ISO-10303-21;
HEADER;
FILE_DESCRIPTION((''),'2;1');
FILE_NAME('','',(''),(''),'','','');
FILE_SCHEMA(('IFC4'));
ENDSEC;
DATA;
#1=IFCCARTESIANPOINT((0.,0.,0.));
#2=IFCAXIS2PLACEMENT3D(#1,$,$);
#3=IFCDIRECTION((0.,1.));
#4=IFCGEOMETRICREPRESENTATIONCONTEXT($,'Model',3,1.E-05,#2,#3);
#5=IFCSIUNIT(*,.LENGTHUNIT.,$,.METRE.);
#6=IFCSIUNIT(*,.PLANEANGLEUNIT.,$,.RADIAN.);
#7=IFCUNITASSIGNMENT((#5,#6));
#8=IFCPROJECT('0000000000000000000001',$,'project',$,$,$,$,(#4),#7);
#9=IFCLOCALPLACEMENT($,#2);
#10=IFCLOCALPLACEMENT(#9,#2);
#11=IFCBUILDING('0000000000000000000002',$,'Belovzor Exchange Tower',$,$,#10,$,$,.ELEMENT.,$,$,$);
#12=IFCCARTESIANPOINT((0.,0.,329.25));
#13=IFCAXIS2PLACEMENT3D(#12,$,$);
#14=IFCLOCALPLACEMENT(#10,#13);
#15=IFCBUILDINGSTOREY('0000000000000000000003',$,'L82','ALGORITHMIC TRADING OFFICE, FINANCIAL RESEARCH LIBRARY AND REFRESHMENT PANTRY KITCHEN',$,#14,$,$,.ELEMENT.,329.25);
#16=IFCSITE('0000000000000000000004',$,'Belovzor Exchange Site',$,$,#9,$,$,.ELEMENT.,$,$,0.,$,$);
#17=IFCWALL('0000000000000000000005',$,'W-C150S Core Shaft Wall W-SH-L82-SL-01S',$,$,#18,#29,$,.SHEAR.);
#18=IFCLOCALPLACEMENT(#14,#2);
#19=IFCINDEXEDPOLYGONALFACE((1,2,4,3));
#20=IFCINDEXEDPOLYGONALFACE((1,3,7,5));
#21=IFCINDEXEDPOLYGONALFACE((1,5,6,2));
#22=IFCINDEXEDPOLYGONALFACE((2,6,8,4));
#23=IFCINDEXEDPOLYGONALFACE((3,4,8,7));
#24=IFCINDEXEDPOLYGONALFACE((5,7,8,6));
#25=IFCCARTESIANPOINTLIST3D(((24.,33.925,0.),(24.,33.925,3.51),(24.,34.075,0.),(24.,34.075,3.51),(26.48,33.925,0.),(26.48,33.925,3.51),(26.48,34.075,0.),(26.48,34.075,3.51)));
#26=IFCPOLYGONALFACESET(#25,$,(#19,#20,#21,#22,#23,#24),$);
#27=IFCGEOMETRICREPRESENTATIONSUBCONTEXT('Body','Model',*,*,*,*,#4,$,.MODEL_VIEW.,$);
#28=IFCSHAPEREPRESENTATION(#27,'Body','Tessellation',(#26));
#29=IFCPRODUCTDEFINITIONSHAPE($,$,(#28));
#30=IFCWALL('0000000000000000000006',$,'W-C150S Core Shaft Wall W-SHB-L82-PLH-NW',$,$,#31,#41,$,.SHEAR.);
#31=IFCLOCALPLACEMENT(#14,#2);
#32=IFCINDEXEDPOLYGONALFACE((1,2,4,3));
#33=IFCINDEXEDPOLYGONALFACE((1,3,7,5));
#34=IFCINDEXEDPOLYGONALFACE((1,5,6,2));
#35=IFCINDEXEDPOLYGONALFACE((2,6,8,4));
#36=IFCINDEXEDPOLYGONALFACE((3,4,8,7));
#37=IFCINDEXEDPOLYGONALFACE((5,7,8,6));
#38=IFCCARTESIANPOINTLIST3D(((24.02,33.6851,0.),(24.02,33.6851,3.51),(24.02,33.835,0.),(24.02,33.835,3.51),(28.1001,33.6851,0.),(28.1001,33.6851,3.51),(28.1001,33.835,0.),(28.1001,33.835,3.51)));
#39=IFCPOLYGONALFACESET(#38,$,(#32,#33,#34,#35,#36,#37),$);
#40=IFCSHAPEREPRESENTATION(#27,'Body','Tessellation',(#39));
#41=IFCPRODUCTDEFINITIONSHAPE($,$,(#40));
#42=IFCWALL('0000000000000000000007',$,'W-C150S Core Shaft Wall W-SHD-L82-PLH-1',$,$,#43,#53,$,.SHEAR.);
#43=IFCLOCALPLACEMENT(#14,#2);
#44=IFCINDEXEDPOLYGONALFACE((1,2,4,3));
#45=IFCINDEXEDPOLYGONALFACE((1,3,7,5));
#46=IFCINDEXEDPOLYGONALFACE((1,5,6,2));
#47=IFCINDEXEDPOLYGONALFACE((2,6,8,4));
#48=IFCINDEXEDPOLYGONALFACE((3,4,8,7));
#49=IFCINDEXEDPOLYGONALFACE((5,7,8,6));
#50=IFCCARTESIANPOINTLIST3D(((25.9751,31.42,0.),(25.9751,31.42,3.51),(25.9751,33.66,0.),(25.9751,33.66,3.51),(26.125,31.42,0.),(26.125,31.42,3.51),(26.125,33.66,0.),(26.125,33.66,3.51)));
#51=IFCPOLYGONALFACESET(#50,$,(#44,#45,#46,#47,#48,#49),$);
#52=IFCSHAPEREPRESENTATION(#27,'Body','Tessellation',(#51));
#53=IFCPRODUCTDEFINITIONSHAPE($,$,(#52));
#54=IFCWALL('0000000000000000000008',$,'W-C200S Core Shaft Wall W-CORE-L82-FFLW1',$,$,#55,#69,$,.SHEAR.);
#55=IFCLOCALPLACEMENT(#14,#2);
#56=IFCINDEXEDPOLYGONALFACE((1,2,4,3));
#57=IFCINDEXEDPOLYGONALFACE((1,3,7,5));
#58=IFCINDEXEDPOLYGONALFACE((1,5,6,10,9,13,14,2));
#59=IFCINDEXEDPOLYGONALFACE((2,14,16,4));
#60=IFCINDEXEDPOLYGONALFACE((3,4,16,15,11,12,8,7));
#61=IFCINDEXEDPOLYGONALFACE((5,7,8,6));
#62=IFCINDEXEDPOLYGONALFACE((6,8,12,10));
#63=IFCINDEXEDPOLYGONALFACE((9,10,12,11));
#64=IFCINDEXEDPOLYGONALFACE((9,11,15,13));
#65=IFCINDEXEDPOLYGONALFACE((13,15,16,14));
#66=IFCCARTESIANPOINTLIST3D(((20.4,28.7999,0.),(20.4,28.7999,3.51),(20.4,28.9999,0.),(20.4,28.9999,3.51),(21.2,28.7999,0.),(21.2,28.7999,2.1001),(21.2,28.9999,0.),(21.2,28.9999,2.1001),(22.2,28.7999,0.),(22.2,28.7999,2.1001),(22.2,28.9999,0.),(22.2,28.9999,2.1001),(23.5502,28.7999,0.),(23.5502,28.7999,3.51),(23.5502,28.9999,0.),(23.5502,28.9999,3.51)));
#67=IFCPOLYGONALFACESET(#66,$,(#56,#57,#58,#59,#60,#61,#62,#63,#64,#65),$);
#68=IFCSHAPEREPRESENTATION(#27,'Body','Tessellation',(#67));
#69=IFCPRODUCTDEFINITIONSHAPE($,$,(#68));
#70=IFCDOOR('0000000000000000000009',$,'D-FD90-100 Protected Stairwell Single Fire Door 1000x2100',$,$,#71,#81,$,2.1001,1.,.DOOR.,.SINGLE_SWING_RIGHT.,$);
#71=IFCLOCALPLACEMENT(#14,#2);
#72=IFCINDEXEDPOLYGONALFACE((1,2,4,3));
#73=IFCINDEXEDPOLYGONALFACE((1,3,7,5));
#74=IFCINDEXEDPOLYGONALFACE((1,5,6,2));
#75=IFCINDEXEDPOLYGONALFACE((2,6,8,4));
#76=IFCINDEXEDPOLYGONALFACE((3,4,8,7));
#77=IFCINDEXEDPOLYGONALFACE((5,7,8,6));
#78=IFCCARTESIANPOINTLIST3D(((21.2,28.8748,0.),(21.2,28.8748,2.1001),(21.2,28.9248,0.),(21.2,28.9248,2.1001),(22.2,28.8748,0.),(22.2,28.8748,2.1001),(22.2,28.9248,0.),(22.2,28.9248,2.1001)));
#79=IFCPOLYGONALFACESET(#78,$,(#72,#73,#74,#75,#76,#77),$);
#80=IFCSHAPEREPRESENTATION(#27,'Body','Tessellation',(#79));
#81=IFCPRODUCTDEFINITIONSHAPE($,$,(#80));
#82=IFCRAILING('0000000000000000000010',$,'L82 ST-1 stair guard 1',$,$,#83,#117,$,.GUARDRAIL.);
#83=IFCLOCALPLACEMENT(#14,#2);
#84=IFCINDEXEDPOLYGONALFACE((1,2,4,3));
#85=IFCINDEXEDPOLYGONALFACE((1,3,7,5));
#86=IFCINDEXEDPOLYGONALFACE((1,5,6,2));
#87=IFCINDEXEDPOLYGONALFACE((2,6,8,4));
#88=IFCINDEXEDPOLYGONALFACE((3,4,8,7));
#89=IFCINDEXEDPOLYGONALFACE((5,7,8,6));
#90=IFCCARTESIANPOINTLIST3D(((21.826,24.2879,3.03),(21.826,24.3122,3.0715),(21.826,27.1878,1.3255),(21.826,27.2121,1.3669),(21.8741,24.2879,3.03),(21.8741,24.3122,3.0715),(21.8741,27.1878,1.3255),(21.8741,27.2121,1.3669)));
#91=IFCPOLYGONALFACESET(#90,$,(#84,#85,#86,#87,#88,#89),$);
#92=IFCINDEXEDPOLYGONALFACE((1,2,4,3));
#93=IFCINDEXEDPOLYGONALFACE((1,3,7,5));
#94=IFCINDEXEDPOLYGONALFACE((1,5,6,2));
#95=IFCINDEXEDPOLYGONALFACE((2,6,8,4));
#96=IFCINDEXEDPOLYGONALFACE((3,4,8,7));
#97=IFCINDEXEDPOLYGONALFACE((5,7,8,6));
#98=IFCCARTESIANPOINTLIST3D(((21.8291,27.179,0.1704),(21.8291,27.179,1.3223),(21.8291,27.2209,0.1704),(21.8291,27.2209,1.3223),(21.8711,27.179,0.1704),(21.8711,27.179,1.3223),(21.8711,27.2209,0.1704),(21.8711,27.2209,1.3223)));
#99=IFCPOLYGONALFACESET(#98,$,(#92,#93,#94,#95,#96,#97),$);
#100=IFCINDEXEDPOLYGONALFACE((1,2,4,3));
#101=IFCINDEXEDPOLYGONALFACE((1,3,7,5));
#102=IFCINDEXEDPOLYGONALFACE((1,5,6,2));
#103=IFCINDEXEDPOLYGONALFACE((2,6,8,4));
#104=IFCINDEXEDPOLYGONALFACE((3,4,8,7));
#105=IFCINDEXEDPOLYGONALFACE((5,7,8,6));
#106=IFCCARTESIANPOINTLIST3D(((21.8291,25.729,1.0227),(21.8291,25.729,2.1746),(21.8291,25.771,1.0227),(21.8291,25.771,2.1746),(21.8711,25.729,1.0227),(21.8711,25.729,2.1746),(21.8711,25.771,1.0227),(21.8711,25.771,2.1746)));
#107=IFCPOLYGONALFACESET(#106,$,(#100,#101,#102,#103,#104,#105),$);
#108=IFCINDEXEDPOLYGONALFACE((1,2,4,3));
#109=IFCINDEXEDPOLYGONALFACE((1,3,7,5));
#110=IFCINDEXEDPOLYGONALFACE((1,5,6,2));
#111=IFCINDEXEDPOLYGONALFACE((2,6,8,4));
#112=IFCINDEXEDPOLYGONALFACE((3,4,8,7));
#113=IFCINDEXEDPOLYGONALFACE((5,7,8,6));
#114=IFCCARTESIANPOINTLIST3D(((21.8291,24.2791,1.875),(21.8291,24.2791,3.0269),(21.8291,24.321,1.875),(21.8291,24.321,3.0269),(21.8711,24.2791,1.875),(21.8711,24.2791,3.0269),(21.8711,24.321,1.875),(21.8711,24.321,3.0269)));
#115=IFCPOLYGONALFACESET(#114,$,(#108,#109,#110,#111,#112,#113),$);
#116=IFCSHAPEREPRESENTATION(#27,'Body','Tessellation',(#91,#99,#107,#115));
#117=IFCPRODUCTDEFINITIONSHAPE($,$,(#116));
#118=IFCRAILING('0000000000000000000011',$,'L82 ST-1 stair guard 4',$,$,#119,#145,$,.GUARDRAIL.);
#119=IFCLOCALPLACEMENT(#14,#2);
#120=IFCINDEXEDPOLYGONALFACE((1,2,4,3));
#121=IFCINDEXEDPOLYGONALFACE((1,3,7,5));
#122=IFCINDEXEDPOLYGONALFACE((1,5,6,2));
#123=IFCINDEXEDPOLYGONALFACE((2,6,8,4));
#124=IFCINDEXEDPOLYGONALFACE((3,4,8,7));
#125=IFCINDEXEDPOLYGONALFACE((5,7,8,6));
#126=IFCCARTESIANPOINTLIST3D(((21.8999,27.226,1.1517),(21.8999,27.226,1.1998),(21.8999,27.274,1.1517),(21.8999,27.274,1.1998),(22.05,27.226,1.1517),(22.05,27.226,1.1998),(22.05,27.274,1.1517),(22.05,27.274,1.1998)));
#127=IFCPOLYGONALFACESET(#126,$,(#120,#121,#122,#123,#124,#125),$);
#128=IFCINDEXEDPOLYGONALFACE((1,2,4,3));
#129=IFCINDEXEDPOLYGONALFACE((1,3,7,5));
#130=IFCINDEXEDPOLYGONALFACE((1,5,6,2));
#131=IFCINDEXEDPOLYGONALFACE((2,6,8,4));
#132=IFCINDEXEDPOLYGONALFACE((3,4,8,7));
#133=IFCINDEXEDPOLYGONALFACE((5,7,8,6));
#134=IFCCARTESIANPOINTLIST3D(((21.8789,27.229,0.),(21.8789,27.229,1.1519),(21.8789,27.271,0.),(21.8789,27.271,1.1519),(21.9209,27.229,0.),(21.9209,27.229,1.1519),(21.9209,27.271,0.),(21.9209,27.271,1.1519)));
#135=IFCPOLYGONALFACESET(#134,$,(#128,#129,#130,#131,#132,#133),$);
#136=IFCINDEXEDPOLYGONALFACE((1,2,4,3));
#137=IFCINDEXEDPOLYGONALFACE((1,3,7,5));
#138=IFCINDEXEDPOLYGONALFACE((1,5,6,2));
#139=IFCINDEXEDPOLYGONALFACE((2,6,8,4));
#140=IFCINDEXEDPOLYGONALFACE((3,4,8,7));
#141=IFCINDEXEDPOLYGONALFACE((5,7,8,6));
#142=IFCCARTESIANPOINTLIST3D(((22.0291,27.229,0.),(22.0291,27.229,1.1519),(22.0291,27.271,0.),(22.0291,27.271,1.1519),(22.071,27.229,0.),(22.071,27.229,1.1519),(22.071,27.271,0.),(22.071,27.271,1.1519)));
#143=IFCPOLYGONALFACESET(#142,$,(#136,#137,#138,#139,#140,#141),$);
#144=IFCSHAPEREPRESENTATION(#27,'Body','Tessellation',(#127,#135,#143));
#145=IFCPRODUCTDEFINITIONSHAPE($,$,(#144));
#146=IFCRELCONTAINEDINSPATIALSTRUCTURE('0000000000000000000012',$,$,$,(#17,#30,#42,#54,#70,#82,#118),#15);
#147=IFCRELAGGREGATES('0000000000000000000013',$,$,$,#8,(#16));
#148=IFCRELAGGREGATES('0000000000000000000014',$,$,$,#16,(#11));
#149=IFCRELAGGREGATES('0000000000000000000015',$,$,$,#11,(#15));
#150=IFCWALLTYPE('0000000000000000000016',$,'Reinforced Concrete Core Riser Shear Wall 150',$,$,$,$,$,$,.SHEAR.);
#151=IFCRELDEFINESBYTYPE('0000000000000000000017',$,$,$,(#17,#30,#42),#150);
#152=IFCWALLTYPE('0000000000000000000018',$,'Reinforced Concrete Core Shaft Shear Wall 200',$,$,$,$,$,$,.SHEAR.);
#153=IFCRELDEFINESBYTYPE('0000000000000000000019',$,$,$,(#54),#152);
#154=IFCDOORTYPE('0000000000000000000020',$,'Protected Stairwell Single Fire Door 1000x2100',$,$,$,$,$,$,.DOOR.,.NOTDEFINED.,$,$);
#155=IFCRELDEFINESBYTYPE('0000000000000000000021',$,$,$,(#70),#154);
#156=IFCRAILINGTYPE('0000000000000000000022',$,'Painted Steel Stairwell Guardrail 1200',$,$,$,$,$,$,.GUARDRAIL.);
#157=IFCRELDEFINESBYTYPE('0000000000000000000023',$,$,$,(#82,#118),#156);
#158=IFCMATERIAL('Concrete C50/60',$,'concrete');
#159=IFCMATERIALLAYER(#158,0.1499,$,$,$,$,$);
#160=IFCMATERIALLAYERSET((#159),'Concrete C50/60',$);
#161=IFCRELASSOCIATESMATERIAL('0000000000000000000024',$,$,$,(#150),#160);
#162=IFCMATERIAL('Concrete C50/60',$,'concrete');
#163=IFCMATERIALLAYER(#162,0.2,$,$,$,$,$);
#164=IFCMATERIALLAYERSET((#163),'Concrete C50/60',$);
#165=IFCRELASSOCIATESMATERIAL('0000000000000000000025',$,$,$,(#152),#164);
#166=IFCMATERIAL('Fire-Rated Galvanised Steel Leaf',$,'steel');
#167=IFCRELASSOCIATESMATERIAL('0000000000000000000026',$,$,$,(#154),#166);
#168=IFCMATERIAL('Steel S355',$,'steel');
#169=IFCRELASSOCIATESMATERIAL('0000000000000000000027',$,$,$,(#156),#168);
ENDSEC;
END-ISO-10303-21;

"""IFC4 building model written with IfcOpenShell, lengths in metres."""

from ifc_helpers import new_model, si_unit, direction, frame, frame_2d, origin, origin_2d, place, context, subcontext, project, spatial, rectangle, extrude, material, layer, layer_set, type_object, element, fill, save


model = new_model("IFC4")

# Units and contexts
model_context = context("Model", 3, precision=1e-05, world=origin(), true_north=direction((0.0, 1.0)))
body_context = subcontext(model_context, "Body", "Model", "MODEL_VIEW")
ifc_project = project(units=[si_unit("LENGTHUNIT", "METRE"), si_unit("PLANEANGLEUNIT", "RADIAN")], contexts=[model_context])

# Site, building, storey
site_placement = place(None, origin())
site = spatial("IfcSite", under=ifc_project, at=site_placement, Name="Belovzor Exchange Site", CompositionType="ELEMENT", RefElevation=0.0)
building_placement = place(site_placement, origin())
building = spatial("IfcBuilding", under=site, at=building_placement, Name="Belovzor Exchange Tower", CompositionType="ELEMENT")
storey_placement = place(building_placement, frame((0.0, 0.0, 329.25)))
storey = spatial("IfcBuildingStorey", under=building, at=storey_placement, Name="L82", Description="ALGORITHMIC TRADING OFFICE, FINANCIAL RESEARCH LIBRARY AND REFRESHMENT PANTRY KITCHEN", CompositionType="ELEMENT", Elevation=329.25)

# Walls
ifc_material_1 = material(Name="Concrete C50/60", Category="concrete")
ifc_layer_1 = layer(ifc_material_1, 0.1499)
ifc_layer_set_1 = layer_set([ifc_layer_1], Name="Concrete C50/60")
wall_type_1 = type_object("IfcWallType", Name="Reinforced Concrete Core Riser Shear Wall 150", PredefinedType="SHEAR", material=ifc_layer_set_1)
wall_1_placement = place(storey_placement, frame((24.0, 34.0, 0.0), z_axis=(0.0, 0.0, 1.0), x_axis=(1.0, 0.0, 0.0)))
element("IfcWall", 1, at=wall_1_placement, inside=storey, type_object=wall_type_1, Name="W-C150S Core Shaft Wall W-SH-L82-SL-01S", PredefinedType="SHEAR", context=body_context, shape_type="SweptSolid", body=[
    extrude(rectangle(XDim=2.48, YDim=0.1499, at=frame_2d((1.24, 0.0))), origin(), (0.0, 0.0, 1.0), 3.51),
])
wall_2_placement = place(storey_placement, frame((24.02, 33.76, 0.0), z_axis=(0.0, 0.0, 1.0), x_axis=(1.0, 0.0, 0.0)))
element("IfcWall", 2, at=wall_2_placement, inside=storey, type_object=wall_type_1, Name="W-C150S Core Shaft Wall W-SHB-L82-PLH-NW", PredefinedType="SHEAR", context=body_context, shape_type="SweptSolid", body=[
    extrude(rectangle(XDim=4.0801, YDim=0.1499, at=frame_2d((2.04, 0.0))), origin(), (0.0, 0.0, 1.0), 3.51),
])
wall_3_placement = place(storey_placement, frame((26.05, 31.4199, 0.0), z_axis=(0.0, 0.0, 1.0), x_axis=(0.0, 1.0, 0.0)))
element("IfcWall", 3, at=wall_3_placement, inside=storey, type_object=wall_type_1, Name="W-C150S Core Shaft Wall W-SHD-L82-PLH-1", PredefinedType="SHEAR", context=body_context, shape_type="SweptSolid", body=[
    extrude(rectangle(XDim=2.24, YDim=0.1499, at=frame_2d((1.1201, 0.0))), origin(), (0.0, 0.0, 1.0), 3.51),
])

# Wall, opening, door
ifc_material_2 = material(Name="Concrete C50/60", Category="concrete")
ifc_layer_2 = layer(ifc_material_2, 0.2)
ifc_layer_set_2 = layer_set([ifc_layer_2], Name="Concrete C50/60")
wall_type_2 = type_object("IfcWallType", Name="Reinforced Concrete Core Shaft Shear Wall 200", PredefinedType="SHEAR", material=ifc_layer_set_2)
wall_4_placement = place(storey_placement, frame((20.3999, 28.8999, 0.0), z_axis=(0.0, 0.0, 1.0), x_axis=(1.0, 0.0, 0.0)))
wall_4 = element("IfcWall", 4, at=wall_4_placement, inside=storey, type_object=wall_type_2, Name="W-C200S Core Shaft Wall W-CORE-L82-FFLW1", PredefinedType="SHEAR", context=body_context, shape_type="SweptSolid", body=[
    extrude(rectangle(XDim=3.1501, YDim=0.2, at=frame_2d((1.5752, 0.0))), origin(), (0.0, 0.0, 1.0), 3.51),
])
opening_1_placement = place(wall_4_placement, frame((0.8, 0.0, 0.0)))
opening_1 = element("IfcOpeningElement", 5, at=opening_1_placement, cuts=wall_4, PredefinedType="OPENING", context=body_context, shape_type="SweptSolid", body=[
    extrude(rectangle(XDim=1.0, YDim=2.1001, at=frame_2d((0.5, 1.05))), frame((0.0, 0.1099, 0.0), z_axis=(0.0, -1.0, 0.0), x_axis=(1.0, 0.0, 0.0)), (0.0, 0.0, 1.0), 0.22),
])
ifc_material_3 = material(Name="Fire-Rated Galvanised Steel Leaf", Category="steel")
door_type_1 = type_object("IfcDoorType", Name="Protected Stairwell Single Fire Door 1000x2100", OperationType="NOTDEFINED", PredefinedType="DOOR", material=ifc_material_3)
door_1_placement = place(opening_1_placement, origin())
door_1 = element("IfcDoor", 6, at=door_1_placement, inside=storey, type_object=door_type_1, Name="D-FD90-100 Protected Stairwell Single Fire Door 1000x2100", OperationType="SINGLE_SWING_RIGHT", OverallHeight=2.1001, OverallWidth=1.0, PredefinedType="DOOR", context=body_context, shape_type="SweptSolid", body=[
    extrude(rectangle(XDim=1.0, YDim=2.1001, at=frame_2d((0.5, 1.05))), frame((0.0, 0.0249, 0.0), z_axis=(0.0, -1.0, 0.0), x_axis=(1.0, 0.0, 0.0)), (0.0, 0.0, 1.0), 0.05),
])
fill(opening_1, door_1)

# Railings
ifc_material_4 = material(Name="Steel S355", Category="steel")
railing_type = type_object("IfcRailingType", Name="Painted Steel Stairwell Guardrail 1200", PredefinedType="GUARDRAIL", material=ifc_material_4)
railing_1_placement = place(storey_placement, frame((21.8501, 27.2, 0.1704)))
element("IfcRailing", 7, at=railing_1_placement, inside=storey, type_object=railing_type, Name="L82 ST-1 stair guard 1", PredefinedType="GUARDRAIL", context=body_context, shape_type="SweptSolid", body=[
    extrude(rectangle(XDim=0.0481, YDim=0.0481, at=origin_2d()), frame((0.0, 0.0, 1.1758), z_axis=(0.0, -0.862095, 0.506747), x_axis=(1.0, 0.0, 0.0)), (0.0, 0.0, 1.0), 3.3638),
    extrude(rectangle(XDim=0.042, YDim=0.042, at=origin_2d()), origin(), (0.0, 0.0, 1.0), 1.1519),
    extrude(rectangle(XDim=0.042, YDim=0.042, at=origin_2d()), frame((0.0, -1.45, 0.8523)), (0.0, 0.0, 1.0), 1.1519),
    extrude(rectangle(XDim=0.042, YDim=0.042, at=origin_2d()), frame((0.0, -2.8999, 1.7046)), (0.0, 0.0, 1.0), 1.1519),
])
railing_2_placement = place(storey_placement, frame((21.8999, 27.25, 0.0)))
element("IfcRailing", 8, at=railing_2_placement, inside=storey, type_object=railing_type, Name="L82 ST-1 stair guard 4", PredefinedType="GUARDRAIL", context=body_context, shape_type="SweptSolid", body=[
    extrude(rectangle(XDim=0.0481, YDim=0.0481, at=origin_2d()), frame((0.0, 0.0, 1.1758), z_axis=(1.0, 0.0, 0.0), x_axis=(0.0, 1.0, 0.0)), (0.0, 0.0, 1.0), 0.1501),
    extrude(rectangle(XDim=0.042, YDim=0.042, at=origin_2d()), origin(), (0.0, 0.0, 1.0), 1.1519),
    extrude(rectangle(XDim=0.042, YDim=0.042, at=origin_2d()), frame((0.1501, 0.0, 0.0)), (0.0, 0.0, 1.0), 1.1519),
])

save(model, "model.ifc")
